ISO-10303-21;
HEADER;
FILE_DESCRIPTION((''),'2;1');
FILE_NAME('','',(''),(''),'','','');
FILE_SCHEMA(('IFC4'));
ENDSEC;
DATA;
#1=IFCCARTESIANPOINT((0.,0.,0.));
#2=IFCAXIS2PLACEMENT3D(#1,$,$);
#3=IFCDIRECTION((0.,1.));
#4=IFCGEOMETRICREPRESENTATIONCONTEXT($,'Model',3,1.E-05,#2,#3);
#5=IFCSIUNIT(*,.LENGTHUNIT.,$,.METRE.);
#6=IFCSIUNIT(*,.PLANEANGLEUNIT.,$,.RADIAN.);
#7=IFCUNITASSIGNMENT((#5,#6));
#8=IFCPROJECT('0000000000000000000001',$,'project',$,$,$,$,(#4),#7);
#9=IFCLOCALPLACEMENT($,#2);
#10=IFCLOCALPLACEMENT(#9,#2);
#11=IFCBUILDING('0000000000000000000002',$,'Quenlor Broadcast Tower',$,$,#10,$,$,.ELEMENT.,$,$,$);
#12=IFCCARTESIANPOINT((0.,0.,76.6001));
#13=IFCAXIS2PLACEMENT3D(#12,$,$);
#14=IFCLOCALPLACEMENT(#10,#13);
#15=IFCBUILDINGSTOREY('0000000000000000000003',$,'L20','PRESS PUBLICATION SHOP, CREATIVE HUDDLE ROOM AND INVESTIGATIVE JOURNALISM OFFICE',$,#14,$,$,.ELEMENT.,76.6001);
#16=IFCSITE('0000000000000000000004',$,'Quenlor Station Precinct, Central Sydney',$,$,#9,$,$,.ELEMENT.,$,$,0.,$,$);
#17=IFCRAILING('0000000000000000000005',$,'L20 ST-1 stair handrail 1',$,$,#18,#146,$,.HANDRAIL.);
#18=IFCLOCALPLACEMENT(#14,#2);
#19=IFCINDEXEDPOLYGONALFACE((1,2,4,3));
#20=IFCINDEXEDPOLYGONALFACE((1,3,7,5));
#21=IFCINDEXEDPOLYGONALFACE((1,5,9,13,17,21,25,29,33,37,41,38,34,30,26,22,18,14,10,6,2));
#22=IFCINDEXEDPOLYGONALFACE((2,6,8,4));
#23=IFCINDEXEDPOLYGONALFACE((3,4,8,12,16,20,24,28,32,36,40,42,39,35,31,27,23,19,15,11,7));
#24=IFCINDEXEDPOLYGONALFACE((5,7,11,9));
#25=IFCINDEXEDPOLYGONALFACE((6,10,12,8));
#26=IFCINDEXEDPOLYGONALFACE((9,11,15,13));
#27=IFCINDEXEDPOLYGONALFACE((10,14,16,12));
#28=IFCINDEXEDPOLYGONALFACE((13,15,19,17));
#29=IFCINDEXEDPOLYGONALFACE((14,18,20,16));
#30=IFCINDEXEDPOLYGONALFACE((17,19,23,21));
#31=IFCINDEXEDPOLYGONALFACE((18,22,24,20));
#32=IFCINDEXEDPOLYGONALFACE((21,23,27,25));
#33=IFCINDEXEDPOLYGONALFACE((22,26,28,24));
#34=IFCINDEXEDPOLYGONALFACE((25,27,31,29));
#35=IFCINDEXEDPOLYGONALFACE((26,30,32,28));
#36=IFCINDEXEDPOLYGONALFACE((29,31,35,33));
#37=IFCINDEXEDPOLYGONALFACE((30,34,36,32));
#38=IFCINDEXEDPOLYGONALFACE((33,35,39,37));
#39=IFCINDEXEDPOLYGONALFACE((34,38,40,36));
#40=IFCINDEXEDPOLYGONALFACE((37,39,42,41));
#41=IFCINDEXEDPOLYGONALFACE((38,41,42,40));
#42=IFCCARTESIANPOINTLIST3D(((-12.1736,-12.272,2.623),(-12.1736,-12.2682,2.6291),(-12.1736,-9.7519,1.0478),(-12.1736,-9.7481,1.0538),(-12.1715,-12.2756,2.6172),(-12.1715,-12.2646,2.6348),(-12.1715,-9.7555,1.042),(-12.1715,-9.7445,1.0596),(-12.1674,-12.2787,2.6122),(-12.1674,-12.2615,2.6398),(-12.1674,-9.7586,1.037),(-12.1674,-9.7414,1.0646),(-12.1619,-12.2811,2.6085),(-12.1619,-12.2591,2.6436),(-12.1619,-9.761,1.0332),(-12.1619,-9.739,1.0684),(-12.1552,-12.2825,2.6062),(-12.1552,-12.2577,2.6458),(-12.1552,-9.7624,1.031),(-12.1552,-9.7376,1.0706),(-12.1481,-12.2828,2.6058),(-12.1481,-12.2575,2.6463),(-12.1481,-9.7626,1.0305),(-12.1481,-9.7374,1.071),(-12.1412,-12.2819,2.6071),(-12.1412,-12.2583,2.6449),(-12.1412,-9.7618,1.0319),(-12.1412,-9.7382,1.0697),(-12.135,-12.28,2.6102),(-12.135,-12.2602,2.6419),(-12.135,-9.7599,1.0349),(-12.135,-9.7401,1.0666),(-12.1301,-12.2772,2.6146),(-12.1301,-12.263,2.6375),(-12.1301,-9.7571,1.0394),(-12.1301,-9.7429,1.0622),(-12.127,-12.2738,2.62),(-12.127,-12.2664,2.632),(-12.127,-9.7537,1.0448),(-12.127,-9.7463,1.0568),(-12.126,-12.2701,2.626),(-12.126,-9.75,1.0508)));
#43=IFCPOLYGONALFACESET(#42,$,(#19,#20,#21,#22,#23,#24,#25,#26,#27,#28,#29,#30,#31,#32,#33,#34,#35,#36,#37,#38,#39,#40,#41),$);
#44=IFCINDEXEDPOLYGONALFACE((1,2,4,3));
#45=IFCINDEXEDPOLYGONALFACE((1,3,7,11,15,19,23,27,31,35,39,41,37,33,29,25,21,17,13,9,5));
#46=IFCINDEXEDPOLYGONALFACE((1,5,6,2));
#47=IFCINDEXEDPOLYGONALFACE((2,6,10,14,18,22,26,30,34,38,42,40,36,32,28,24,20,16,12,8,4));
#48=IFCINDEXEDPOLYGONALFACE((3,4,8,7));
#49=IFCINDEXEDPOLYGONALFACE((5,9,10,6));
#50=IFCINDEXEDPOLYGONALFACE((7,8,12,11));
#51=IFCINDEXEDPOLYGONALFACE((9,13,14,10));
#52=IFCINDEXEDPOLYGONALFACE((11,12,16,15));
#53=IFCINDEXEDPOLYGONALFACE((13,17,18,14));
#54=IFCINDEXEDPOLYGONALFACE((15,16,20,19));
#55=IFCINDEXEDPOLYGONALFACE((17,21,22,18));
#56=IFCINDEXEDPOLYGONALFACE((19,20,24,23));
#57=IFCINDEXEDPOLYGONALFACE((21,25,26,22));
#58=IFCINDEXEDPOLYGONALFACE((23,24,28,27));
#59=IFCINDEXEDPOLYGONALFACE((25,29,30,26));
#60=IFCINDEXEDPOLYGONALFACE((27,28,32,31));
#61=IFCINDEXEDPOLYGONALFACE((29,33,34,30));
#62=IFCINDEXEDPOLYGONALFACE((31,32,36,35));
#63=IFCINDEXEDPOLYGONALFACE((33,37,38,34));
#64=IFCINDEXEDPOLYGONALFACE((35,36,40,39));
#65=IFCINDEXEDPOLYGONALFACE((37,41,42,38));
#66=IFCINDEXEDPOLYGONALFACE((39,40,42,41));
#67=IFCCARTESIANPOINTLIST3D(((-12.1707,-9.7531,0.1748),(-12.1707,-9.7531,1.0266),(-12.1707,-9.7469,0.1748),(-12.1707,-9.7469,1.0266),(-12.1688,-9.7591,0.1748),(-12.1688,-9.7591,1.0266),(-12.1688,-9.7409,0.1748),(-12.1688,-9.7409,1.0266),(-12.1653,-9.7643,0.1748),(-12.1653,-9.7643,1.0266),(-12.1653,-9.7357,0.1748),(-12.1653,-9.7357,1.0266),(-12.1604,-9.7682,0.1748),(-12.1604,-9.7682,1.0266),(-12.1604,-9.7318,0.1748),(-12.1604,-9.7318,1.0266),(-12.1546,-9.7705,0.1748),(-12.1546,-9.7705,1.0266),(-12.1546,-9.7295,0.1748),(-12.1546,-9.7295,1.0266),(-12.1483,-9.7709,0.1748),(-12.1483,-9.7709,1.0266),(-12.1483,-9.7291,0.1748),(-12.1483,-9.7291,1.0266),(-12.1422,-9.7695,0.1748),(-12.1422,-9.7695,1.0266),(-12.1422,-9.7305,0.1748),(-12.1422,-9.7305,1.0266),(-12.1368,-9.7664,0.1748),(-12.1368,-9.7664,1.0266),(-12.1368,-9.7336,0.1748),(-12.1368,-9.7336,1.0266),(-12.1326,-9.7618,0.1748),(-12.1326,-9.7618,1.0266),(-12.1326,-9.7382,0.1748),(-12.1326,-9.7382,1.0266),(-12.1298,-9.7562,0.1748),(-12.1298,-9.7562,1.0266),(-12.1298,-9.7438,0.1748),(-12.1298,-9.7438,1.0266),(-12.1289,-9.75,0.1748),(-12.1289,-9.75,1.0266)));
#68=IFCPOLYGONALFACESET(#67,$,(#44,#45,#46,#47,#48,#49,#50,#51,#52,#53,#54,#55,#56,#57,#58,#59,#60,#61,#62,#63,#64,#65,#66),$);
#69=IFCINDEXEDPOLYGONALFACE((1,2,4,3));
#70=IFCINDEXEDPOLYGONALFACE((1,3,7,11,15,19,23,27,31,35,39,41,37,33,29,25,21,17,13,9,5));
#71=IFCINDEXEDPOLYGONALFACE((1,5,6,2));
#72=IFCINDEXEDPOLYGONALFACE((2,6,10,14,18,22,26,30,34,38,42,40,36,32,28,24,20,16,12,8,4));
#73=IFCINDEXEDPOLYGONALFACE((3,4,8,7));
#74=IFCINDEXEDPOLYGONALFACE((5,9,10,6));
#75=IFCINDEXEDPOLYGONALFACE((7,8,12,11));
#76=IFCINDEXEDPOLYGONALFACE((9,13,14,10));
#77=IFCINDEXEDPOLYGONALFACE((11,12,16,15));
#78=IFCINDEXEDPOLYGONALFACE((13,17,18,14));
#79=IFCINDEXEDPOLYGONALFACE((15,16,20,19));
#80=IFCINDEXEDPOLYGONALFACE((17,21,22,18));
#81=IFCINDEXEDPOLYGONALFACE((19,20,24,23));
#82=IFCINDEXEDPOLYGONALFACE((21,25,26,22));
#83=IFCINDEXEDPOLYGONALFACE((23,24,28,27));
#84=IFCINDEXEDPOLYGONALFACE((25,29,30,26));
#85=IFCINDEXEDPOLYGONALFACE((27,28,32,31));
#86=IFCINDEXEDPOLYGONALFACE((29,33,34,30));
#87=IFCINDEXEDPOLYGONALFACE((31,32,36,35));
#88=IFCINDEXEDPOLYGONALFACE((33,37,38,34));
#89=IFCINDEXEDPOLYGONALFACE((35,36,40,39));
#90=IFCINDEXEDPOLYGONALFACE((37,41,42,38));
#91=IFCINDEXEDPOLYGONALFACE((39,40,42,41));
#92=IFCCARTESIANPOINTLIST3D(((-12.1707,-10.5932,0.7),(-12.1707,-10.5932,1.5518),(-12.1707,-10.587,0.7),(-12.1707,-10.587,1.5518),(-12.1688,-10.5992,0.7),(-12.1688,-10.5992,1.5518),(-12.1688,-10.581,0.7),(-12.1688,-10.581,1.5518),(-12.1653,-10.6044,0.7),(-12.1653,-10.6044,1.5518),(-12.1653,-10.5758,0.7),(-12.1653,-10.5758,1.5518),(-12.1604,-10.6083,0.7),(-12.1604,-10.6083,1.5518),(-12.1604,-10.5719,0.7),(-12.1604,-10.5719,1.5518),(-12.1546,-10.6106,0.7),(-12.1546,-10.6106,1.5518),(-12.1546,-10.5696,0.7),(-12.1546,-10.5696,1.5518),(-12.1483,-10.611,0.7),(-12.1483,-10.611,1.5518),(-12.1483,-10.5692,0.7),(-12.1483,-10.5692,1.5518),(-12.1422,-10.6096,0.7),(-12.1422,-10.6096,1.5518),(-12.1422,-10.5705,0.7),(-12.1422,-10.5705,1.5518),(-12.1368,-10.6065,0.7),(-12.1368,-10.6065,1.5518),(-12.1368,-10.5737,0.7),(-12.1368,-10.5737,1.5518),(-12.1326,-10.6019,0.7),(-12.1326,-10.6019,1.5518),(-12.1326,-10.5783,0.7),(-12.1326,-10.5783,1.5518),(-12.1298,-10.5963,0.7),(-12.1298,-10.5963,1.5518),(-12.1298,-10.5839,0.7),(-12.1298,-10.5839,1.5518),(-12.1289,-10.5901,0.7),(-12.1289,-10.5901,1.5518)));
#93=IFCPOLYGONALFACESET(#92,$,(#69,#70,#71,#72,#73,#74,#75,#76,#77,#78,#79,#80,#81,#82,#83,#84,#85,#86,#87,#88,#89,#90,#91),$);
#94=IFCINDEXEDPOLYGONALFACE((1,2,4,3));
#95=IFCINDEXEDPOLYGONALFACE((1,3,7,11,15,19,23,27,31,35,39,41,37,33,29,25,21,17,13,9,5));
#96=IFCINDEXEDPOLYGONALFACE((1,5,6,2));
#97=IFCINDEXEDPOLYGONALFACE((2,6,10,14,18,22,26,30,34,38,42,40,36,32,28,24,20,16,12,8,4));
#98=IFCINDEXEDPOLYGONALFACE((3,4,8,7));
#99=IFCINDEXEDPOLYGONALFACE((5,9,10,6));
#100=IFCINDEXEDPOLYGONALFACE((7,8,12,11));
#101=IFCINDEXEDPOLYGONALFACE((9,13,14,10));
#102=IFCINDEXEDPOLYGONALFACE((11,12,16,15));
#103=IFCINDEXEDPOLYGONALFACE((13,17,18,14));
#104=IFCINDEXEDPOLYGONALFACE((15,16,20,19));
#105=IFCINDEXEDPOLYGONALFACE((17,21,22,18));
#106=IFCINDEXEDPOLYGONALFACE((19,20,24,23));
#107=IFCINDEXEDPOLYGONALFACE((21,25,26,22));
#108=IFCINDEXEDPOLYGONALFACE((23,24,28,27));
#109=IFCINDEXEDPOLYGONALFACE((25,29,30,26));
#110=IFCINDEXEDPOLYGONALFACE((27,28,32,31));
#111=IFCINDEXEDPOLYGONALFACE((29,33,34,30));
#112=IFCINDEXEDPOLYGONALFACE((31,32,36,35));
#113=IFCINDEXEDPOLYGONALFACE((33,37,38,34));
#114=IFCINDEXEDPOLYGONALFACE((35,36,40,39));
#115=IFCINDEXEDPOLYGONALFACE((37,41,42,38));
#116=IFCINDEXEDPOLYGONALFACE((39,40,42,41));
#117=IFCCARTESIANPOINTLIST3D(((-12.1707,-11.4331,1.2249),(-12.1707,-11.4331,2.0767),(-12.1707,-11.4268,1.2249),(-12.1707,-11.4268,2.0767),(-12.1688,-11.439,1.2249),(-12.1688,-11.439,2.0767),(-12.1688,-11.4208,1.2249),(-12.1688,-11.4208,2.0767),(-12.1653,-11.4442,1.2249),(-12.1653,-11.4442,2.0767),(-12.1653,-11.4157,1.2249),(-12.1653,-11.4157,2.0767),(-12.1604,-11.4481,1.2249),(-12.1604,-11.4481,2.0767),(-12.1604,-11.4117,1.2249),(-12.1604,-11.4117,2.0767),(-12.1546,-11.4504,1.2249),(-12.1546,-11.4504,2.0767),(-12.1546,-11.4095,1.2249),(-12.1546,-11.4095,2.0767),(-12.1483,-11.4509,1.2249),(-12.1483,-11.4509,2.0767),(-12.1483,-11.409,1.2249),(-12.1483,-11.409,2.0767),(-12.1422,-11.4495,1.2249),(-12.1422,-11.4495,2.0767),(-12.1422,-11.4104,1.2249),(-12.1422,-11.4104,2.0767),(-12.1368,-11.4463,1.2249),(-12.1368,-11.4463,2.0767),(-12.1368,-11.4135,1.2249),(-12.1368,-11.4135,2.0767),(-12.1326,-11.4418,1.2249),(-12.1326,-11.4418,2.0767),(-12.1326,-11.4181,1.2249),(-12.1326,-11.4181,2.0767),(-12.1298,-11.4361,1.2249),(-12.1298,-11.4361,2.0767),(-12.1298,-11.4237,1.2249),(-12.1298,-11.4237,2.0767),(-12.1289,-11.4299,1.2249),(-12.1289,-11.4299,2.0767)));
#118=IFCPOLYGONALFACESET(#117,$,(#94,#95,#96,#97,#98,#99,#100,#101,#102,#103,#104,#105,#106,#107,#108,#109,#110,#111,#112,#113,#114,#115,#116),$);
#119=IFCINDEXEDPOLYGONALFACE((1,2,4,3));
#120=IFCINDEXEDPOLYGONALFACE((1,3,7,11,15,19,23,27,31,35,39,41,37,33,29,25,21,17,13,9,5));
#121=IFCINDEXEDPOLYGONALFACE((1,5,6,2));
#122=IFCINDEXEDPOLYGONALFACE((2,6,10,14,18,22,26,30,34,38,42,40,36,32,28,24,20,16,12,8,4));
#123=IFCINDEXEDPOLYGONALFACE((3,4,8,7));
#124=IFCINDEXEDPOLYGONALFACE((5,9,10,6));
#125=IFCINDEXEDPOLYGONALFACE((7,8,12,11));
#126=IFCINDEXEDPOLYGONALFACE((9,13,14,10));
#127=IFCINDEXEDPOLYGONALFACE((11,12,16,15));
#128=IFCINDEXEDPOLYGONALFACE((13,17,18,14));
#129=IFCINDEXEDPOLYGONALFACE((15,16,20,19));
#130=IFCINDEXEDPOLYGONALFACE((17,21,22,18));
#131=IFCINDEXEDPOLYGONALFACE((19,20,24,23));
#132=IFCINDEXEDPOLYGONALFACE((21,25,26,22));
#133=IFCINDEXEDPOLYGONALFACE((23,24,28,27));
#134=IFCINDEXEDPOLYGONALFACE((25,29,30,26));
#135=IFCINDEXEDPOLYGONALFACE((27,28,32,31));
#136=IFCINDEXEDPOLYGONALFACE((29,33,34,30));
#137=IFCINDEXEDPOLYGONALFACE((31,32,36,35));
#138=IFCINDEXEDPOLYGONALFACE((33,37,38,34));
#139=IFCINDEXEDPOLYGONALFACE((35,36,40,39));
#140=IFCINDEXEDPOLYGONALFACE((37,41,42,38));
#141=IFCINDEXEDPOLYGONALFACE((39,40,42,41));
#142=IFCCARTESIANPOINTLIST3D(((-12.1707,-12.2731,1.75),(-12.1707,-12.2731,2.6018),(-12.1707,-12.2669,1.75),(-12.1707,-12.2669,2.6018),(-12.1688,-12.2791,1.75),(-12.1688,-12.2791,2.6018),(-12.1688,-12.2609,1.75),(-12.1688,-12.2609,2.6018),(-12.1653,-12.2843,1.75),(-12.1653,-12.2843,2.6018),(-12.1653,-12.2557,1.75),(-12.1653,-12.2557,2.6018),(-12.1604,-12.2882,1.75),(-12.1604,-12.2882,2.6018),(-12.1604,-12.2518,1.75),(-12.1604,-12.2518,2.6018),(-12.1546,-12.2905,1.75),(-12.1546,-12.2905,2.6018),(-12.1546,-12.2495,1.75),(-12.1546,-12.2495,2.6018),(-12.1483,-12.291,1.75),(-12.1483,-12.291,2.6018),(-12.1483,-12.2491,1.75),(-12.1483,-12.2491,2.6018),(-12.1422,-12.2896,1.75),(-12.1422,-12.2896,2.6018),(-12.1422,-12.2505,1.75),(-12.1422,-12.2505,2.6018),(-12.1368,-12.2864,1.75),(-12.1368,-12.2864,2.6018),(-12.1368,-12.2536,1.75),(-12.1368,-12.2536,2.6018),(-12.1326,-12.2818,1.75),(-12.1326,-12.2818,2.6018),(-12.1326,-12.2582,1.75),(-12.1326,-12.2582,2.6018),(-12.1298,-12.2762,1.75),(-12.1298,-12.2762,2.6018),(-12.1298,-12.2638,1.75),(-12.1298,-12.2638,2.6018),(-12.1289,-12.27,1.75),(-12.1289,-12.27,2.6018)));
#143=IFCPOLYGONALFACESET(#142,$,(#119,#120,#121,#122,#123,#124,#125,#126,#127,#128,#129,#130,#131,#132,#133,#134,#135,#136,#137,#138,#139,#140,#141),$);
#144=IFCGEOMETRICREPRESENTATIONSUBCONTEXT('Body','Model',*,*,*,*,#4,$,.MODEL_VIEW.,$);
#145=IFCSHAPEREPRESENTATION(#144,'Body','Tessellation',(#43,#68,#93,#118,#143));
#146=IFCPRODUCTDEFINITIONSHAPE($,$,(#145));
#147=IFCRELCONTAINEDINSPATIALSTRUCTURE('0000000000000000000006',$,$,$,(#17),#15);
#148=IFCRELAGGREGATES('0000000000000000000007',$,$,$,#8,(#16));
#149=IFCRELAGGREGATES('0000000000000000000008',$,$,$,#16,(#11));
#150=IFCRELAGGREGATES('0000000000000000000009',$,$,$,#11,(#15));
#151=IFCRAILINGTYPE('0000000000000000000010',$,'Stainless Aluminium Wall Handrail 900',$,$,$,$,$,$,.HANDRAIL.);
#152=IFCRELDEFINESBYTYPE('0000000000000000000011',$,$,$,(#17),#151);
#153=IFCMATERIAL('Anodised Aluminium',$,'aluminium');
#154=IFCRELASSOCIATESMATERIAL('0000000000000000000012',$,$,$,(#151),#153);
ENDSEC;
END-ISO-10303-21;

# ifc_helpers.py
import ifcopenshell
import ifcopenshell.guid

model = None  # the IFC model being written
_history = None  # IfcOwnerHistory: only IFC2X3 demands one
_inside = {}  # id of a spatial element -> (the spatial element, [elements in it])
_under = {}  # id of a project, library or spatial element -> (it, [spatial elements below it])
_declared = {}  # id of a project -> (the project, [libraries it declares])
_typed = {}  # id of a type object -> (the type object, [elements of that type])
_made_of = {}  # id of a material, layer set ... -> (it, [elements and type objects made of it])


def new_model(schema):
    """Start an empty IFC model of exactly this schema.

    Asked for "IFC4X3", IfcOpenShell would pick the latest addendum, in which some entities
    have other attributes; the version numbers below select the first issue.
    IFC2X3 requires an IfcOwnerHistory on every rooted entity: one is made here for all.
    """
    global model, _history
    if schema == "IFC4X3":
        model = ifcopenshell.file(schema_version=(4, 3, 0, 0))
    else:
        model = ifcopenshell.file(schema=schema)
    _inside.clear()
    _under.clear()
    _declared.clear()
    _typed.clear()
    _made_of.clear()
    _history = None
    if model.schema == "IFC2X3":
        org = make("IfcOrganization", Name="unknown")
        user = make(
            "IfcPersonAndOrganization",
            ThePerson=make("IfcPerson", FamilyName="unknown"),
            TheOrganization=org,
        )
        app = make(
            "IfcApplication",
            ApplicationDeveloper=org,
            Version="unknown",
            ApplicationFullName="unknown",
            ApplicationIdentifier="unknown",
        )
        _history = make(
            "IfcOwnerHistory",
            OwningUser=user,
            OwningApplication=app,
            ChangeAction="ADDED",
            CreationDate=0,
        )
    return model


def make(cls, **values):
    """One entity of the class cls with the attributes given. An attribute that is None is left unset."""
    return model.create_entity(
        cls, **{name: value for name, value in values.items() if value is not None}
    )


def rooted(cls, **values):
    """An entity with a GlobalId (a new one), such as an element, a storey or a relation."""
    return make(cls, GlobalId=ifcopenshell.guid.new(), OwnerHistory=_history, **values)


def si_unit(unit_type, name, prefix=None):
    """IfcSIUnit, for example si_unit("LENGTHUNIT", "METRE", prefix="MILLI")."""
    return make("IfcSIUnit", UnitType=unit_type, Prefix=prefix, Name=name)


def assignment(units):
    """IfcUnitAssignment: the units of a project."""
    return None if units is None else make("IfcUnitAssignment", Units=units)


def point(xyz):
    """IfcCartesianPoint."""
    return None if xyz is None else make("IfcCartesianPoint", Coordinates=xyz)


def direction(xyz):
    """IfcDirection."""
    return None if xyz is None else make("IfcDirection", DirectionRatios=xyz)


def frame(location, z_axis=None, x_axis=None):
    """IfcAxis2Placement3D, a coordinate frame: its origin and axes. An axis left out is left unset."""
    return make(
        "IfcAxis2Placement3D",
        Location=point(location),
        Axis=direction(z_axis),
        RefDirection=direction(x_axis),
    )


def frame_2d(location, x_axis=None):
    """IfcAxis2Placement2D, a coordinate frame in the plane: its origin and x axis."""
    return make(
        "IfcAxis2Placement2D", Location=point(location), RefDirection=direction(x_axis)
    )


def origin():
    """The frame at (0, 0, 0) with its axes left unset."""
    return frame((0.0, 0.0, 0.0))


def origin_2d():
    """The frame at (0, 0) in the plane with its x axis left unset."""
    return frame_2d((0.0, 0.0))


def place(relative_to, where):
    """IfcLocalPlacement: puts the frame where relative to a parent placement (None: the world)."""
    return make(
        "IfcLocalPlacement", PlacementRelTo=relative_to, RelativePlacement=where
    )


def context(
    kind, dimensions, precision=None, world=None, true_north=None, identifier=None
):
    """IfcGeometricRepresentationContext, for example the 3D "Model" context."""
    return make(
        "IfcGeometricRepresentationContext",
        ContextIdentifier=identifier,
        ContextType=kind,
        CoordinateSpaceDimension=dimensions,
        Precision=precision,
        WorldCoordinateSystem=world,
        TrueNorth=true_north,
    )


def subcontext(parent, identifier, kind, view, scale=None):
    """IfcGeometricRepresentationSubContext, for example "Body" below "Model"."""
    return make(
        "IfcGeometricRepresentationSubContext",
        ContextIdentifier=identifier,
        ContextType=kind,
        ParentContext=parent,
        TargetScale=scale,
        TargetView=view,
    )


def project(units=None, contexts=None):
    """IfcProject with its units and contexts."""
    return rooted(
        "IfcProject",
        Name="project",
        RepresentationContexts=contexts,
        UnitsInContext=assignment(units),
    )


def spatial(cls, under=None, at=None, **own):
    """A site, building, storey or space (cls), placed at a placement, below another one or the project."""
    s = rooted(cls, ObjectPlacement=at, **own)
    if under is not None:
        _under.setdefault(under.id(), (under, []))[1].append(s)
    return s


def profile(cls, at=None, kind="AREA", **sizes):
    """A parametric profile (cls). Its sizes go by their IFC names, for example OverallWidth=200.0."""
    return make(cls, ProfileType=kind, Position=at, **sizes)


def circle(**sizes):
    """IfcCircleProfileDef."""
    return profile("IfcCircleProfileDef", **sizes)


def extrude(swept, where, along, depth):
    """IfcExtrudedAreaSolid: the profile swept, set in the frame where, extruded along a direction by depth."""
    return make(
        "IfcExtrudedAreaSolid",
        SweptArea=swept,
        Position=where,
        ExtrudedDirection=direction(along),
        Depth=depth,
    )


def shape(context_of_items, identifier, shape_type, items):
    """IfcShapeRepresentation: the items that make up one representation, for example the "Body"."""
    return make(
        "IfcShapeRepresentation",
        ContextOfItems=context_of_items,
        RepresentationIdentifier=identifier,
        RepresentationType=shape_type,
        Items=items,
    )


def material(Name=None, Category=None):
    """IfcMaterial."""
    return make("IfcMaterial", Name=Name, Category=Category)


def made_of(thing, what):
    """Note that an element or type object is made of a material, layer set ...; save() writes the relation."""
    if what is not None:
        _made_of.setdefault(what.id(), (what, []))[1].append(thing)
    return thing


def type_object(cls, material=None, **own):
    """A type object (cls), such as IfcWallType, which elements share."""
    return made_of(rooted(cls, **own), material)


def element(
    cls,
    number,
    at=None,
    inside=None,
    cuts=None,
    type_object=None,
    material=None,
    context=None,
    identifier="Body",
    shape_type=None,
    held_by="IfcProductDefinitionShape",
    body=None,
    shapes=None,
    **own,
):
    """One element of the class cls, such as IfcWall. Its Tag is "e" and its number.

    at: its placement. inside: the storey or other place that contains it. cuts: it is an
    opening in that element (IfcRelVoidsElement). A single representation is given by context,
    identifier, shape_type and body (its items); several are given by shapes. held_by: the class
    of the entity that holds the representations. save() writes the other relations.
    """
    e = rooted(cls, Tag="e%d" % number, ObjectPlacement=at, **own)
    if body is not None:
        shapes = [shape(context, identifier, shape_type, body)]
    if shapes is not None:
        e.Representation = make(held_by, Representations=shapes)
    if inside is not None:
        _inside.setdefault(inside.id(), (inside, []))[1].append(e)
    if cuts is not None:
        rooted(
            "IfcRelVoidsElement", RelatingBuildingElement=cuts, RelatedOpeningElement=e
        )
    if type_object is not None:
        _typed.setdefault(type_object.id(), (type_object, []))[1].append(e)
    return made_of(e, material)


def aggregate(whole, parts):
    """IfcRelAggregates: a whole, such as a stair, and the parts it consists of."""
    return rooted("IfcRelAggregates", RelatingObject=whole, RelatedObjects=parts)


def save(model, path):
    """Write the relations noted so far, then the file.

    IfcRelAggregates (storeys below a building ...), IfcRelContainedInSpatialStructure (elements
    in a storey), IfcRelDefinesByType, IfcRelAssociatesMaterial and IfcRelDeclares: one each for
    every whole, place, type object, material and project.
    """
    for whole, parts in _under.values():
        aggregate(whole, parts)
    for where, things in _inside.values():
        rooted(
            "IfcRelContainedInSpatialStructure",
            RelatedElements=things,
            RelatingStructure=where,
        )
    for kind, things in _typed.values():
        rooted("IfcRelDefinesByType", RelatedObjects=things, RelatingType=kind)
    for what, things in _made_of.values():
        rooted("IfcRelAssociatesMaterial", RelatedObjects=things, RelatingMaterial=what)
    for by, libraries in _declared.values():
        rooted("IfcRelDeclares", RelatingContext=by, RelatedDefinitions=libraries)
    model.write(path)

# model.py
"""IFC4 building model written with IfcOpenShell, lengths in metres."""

from ifc_helpers import new_model, si_unit, direction, frame, origin, origin_2d, place, context, subcontext, project, spatial, circle, extrude, material, type_object, element, save


model = new_model("IFC4")

# Units and contexts
model_context = context("Model", 3, precision=1e-05, world=origin(), true_north=direction((0.0, 1.0)))
body_context = subcontext(model_context, "Body", "Model", "MODEL_VIEW")
ifc_project = project(units=[si_unit("LENGTHUNIT", "METRE"), si_unit("PLANEANGLEUNIT", "RADIAN")], contexts=[model_context])

# Site, building, storey
site_placement = place(None, origin())
site = spatial("IfcSite", under=ifc_project, at=site_placement, Name="Quenlor Station Precinct, Central Sydney", CompositionType="ELEMENT", RefElevation=0.0)
building_placement = place(site_placement, origin())
building = spatial("IfcBuilding", under=site, at=building_placement, Name="Quenlor Broadcast Tower", CompositionType="ELEMENT")
storey_placement = place(building_placement, frame((0.0, 0.0, 76.6001)))
storey = spatial("IfcBuildingStorey", under=building, at=storey_placement, Name="L20", Description="PRESS PUBLICATION SHOP, CREATIVE HUDDLE ROOM AND INVESTIGATIVE JOURNALISM OFFICE", CompositionType="ELEMENT", Elevation=76.6001)

# Railing
ifc_material_1 = material(Name="Anodised Aluminium", Category="aluminium")
railing_type_1 = type_object("IfcRailingType", Name="Stainless Aluminium Wall Handrail 900", PredefinedType="HANDRAIL", material=ifc_material_1)
railing_1_placement = place(storey_placement, frame((-12.1499, -9.75, 0.1748)))
element("IfcRailing", 1, at=railing_1_placement, inside=storey, type_object=railing_type_1, Name="L20 ST-1 stair handrail 1", PredefinedType="HANDRAIL", context=body_context, shape_type="SweptSolid", body=[
    extrude(circle(Radius=0.0239, at=origin_2d()), frame((0.0, 0.0, 0.876), z_axis=(0.0, -0.847971, 0.530043), x_axis=(1.0, 0.0, 0.0)), (0.0, 0.0, 1.0), 2.9719),
    extrude(circle(Radius=0.021, at=origin_2d()), origin(), (0.0, 0.0, 1.0), 0.8518),
    extrude(circle(Radius=0.021, at=origin_2d()), frame((0.0, -0.8401, 0.5251)), (0.0, 0.0, 1.0), 0.8518),
    extrude(circle(Radius=0.021, at=origin_2d()), frame((0.0, -1.6799, 1.05)), (0.0, 0.0, 1.0), 0.8518),
    extrude(circle(Radius=0.021, at=origin_2d()), frame((0.0, -2.52, 1.5752)), (0.0, 0.0, 1.0), 0.8518),
])

save(model, "model.ifc")
